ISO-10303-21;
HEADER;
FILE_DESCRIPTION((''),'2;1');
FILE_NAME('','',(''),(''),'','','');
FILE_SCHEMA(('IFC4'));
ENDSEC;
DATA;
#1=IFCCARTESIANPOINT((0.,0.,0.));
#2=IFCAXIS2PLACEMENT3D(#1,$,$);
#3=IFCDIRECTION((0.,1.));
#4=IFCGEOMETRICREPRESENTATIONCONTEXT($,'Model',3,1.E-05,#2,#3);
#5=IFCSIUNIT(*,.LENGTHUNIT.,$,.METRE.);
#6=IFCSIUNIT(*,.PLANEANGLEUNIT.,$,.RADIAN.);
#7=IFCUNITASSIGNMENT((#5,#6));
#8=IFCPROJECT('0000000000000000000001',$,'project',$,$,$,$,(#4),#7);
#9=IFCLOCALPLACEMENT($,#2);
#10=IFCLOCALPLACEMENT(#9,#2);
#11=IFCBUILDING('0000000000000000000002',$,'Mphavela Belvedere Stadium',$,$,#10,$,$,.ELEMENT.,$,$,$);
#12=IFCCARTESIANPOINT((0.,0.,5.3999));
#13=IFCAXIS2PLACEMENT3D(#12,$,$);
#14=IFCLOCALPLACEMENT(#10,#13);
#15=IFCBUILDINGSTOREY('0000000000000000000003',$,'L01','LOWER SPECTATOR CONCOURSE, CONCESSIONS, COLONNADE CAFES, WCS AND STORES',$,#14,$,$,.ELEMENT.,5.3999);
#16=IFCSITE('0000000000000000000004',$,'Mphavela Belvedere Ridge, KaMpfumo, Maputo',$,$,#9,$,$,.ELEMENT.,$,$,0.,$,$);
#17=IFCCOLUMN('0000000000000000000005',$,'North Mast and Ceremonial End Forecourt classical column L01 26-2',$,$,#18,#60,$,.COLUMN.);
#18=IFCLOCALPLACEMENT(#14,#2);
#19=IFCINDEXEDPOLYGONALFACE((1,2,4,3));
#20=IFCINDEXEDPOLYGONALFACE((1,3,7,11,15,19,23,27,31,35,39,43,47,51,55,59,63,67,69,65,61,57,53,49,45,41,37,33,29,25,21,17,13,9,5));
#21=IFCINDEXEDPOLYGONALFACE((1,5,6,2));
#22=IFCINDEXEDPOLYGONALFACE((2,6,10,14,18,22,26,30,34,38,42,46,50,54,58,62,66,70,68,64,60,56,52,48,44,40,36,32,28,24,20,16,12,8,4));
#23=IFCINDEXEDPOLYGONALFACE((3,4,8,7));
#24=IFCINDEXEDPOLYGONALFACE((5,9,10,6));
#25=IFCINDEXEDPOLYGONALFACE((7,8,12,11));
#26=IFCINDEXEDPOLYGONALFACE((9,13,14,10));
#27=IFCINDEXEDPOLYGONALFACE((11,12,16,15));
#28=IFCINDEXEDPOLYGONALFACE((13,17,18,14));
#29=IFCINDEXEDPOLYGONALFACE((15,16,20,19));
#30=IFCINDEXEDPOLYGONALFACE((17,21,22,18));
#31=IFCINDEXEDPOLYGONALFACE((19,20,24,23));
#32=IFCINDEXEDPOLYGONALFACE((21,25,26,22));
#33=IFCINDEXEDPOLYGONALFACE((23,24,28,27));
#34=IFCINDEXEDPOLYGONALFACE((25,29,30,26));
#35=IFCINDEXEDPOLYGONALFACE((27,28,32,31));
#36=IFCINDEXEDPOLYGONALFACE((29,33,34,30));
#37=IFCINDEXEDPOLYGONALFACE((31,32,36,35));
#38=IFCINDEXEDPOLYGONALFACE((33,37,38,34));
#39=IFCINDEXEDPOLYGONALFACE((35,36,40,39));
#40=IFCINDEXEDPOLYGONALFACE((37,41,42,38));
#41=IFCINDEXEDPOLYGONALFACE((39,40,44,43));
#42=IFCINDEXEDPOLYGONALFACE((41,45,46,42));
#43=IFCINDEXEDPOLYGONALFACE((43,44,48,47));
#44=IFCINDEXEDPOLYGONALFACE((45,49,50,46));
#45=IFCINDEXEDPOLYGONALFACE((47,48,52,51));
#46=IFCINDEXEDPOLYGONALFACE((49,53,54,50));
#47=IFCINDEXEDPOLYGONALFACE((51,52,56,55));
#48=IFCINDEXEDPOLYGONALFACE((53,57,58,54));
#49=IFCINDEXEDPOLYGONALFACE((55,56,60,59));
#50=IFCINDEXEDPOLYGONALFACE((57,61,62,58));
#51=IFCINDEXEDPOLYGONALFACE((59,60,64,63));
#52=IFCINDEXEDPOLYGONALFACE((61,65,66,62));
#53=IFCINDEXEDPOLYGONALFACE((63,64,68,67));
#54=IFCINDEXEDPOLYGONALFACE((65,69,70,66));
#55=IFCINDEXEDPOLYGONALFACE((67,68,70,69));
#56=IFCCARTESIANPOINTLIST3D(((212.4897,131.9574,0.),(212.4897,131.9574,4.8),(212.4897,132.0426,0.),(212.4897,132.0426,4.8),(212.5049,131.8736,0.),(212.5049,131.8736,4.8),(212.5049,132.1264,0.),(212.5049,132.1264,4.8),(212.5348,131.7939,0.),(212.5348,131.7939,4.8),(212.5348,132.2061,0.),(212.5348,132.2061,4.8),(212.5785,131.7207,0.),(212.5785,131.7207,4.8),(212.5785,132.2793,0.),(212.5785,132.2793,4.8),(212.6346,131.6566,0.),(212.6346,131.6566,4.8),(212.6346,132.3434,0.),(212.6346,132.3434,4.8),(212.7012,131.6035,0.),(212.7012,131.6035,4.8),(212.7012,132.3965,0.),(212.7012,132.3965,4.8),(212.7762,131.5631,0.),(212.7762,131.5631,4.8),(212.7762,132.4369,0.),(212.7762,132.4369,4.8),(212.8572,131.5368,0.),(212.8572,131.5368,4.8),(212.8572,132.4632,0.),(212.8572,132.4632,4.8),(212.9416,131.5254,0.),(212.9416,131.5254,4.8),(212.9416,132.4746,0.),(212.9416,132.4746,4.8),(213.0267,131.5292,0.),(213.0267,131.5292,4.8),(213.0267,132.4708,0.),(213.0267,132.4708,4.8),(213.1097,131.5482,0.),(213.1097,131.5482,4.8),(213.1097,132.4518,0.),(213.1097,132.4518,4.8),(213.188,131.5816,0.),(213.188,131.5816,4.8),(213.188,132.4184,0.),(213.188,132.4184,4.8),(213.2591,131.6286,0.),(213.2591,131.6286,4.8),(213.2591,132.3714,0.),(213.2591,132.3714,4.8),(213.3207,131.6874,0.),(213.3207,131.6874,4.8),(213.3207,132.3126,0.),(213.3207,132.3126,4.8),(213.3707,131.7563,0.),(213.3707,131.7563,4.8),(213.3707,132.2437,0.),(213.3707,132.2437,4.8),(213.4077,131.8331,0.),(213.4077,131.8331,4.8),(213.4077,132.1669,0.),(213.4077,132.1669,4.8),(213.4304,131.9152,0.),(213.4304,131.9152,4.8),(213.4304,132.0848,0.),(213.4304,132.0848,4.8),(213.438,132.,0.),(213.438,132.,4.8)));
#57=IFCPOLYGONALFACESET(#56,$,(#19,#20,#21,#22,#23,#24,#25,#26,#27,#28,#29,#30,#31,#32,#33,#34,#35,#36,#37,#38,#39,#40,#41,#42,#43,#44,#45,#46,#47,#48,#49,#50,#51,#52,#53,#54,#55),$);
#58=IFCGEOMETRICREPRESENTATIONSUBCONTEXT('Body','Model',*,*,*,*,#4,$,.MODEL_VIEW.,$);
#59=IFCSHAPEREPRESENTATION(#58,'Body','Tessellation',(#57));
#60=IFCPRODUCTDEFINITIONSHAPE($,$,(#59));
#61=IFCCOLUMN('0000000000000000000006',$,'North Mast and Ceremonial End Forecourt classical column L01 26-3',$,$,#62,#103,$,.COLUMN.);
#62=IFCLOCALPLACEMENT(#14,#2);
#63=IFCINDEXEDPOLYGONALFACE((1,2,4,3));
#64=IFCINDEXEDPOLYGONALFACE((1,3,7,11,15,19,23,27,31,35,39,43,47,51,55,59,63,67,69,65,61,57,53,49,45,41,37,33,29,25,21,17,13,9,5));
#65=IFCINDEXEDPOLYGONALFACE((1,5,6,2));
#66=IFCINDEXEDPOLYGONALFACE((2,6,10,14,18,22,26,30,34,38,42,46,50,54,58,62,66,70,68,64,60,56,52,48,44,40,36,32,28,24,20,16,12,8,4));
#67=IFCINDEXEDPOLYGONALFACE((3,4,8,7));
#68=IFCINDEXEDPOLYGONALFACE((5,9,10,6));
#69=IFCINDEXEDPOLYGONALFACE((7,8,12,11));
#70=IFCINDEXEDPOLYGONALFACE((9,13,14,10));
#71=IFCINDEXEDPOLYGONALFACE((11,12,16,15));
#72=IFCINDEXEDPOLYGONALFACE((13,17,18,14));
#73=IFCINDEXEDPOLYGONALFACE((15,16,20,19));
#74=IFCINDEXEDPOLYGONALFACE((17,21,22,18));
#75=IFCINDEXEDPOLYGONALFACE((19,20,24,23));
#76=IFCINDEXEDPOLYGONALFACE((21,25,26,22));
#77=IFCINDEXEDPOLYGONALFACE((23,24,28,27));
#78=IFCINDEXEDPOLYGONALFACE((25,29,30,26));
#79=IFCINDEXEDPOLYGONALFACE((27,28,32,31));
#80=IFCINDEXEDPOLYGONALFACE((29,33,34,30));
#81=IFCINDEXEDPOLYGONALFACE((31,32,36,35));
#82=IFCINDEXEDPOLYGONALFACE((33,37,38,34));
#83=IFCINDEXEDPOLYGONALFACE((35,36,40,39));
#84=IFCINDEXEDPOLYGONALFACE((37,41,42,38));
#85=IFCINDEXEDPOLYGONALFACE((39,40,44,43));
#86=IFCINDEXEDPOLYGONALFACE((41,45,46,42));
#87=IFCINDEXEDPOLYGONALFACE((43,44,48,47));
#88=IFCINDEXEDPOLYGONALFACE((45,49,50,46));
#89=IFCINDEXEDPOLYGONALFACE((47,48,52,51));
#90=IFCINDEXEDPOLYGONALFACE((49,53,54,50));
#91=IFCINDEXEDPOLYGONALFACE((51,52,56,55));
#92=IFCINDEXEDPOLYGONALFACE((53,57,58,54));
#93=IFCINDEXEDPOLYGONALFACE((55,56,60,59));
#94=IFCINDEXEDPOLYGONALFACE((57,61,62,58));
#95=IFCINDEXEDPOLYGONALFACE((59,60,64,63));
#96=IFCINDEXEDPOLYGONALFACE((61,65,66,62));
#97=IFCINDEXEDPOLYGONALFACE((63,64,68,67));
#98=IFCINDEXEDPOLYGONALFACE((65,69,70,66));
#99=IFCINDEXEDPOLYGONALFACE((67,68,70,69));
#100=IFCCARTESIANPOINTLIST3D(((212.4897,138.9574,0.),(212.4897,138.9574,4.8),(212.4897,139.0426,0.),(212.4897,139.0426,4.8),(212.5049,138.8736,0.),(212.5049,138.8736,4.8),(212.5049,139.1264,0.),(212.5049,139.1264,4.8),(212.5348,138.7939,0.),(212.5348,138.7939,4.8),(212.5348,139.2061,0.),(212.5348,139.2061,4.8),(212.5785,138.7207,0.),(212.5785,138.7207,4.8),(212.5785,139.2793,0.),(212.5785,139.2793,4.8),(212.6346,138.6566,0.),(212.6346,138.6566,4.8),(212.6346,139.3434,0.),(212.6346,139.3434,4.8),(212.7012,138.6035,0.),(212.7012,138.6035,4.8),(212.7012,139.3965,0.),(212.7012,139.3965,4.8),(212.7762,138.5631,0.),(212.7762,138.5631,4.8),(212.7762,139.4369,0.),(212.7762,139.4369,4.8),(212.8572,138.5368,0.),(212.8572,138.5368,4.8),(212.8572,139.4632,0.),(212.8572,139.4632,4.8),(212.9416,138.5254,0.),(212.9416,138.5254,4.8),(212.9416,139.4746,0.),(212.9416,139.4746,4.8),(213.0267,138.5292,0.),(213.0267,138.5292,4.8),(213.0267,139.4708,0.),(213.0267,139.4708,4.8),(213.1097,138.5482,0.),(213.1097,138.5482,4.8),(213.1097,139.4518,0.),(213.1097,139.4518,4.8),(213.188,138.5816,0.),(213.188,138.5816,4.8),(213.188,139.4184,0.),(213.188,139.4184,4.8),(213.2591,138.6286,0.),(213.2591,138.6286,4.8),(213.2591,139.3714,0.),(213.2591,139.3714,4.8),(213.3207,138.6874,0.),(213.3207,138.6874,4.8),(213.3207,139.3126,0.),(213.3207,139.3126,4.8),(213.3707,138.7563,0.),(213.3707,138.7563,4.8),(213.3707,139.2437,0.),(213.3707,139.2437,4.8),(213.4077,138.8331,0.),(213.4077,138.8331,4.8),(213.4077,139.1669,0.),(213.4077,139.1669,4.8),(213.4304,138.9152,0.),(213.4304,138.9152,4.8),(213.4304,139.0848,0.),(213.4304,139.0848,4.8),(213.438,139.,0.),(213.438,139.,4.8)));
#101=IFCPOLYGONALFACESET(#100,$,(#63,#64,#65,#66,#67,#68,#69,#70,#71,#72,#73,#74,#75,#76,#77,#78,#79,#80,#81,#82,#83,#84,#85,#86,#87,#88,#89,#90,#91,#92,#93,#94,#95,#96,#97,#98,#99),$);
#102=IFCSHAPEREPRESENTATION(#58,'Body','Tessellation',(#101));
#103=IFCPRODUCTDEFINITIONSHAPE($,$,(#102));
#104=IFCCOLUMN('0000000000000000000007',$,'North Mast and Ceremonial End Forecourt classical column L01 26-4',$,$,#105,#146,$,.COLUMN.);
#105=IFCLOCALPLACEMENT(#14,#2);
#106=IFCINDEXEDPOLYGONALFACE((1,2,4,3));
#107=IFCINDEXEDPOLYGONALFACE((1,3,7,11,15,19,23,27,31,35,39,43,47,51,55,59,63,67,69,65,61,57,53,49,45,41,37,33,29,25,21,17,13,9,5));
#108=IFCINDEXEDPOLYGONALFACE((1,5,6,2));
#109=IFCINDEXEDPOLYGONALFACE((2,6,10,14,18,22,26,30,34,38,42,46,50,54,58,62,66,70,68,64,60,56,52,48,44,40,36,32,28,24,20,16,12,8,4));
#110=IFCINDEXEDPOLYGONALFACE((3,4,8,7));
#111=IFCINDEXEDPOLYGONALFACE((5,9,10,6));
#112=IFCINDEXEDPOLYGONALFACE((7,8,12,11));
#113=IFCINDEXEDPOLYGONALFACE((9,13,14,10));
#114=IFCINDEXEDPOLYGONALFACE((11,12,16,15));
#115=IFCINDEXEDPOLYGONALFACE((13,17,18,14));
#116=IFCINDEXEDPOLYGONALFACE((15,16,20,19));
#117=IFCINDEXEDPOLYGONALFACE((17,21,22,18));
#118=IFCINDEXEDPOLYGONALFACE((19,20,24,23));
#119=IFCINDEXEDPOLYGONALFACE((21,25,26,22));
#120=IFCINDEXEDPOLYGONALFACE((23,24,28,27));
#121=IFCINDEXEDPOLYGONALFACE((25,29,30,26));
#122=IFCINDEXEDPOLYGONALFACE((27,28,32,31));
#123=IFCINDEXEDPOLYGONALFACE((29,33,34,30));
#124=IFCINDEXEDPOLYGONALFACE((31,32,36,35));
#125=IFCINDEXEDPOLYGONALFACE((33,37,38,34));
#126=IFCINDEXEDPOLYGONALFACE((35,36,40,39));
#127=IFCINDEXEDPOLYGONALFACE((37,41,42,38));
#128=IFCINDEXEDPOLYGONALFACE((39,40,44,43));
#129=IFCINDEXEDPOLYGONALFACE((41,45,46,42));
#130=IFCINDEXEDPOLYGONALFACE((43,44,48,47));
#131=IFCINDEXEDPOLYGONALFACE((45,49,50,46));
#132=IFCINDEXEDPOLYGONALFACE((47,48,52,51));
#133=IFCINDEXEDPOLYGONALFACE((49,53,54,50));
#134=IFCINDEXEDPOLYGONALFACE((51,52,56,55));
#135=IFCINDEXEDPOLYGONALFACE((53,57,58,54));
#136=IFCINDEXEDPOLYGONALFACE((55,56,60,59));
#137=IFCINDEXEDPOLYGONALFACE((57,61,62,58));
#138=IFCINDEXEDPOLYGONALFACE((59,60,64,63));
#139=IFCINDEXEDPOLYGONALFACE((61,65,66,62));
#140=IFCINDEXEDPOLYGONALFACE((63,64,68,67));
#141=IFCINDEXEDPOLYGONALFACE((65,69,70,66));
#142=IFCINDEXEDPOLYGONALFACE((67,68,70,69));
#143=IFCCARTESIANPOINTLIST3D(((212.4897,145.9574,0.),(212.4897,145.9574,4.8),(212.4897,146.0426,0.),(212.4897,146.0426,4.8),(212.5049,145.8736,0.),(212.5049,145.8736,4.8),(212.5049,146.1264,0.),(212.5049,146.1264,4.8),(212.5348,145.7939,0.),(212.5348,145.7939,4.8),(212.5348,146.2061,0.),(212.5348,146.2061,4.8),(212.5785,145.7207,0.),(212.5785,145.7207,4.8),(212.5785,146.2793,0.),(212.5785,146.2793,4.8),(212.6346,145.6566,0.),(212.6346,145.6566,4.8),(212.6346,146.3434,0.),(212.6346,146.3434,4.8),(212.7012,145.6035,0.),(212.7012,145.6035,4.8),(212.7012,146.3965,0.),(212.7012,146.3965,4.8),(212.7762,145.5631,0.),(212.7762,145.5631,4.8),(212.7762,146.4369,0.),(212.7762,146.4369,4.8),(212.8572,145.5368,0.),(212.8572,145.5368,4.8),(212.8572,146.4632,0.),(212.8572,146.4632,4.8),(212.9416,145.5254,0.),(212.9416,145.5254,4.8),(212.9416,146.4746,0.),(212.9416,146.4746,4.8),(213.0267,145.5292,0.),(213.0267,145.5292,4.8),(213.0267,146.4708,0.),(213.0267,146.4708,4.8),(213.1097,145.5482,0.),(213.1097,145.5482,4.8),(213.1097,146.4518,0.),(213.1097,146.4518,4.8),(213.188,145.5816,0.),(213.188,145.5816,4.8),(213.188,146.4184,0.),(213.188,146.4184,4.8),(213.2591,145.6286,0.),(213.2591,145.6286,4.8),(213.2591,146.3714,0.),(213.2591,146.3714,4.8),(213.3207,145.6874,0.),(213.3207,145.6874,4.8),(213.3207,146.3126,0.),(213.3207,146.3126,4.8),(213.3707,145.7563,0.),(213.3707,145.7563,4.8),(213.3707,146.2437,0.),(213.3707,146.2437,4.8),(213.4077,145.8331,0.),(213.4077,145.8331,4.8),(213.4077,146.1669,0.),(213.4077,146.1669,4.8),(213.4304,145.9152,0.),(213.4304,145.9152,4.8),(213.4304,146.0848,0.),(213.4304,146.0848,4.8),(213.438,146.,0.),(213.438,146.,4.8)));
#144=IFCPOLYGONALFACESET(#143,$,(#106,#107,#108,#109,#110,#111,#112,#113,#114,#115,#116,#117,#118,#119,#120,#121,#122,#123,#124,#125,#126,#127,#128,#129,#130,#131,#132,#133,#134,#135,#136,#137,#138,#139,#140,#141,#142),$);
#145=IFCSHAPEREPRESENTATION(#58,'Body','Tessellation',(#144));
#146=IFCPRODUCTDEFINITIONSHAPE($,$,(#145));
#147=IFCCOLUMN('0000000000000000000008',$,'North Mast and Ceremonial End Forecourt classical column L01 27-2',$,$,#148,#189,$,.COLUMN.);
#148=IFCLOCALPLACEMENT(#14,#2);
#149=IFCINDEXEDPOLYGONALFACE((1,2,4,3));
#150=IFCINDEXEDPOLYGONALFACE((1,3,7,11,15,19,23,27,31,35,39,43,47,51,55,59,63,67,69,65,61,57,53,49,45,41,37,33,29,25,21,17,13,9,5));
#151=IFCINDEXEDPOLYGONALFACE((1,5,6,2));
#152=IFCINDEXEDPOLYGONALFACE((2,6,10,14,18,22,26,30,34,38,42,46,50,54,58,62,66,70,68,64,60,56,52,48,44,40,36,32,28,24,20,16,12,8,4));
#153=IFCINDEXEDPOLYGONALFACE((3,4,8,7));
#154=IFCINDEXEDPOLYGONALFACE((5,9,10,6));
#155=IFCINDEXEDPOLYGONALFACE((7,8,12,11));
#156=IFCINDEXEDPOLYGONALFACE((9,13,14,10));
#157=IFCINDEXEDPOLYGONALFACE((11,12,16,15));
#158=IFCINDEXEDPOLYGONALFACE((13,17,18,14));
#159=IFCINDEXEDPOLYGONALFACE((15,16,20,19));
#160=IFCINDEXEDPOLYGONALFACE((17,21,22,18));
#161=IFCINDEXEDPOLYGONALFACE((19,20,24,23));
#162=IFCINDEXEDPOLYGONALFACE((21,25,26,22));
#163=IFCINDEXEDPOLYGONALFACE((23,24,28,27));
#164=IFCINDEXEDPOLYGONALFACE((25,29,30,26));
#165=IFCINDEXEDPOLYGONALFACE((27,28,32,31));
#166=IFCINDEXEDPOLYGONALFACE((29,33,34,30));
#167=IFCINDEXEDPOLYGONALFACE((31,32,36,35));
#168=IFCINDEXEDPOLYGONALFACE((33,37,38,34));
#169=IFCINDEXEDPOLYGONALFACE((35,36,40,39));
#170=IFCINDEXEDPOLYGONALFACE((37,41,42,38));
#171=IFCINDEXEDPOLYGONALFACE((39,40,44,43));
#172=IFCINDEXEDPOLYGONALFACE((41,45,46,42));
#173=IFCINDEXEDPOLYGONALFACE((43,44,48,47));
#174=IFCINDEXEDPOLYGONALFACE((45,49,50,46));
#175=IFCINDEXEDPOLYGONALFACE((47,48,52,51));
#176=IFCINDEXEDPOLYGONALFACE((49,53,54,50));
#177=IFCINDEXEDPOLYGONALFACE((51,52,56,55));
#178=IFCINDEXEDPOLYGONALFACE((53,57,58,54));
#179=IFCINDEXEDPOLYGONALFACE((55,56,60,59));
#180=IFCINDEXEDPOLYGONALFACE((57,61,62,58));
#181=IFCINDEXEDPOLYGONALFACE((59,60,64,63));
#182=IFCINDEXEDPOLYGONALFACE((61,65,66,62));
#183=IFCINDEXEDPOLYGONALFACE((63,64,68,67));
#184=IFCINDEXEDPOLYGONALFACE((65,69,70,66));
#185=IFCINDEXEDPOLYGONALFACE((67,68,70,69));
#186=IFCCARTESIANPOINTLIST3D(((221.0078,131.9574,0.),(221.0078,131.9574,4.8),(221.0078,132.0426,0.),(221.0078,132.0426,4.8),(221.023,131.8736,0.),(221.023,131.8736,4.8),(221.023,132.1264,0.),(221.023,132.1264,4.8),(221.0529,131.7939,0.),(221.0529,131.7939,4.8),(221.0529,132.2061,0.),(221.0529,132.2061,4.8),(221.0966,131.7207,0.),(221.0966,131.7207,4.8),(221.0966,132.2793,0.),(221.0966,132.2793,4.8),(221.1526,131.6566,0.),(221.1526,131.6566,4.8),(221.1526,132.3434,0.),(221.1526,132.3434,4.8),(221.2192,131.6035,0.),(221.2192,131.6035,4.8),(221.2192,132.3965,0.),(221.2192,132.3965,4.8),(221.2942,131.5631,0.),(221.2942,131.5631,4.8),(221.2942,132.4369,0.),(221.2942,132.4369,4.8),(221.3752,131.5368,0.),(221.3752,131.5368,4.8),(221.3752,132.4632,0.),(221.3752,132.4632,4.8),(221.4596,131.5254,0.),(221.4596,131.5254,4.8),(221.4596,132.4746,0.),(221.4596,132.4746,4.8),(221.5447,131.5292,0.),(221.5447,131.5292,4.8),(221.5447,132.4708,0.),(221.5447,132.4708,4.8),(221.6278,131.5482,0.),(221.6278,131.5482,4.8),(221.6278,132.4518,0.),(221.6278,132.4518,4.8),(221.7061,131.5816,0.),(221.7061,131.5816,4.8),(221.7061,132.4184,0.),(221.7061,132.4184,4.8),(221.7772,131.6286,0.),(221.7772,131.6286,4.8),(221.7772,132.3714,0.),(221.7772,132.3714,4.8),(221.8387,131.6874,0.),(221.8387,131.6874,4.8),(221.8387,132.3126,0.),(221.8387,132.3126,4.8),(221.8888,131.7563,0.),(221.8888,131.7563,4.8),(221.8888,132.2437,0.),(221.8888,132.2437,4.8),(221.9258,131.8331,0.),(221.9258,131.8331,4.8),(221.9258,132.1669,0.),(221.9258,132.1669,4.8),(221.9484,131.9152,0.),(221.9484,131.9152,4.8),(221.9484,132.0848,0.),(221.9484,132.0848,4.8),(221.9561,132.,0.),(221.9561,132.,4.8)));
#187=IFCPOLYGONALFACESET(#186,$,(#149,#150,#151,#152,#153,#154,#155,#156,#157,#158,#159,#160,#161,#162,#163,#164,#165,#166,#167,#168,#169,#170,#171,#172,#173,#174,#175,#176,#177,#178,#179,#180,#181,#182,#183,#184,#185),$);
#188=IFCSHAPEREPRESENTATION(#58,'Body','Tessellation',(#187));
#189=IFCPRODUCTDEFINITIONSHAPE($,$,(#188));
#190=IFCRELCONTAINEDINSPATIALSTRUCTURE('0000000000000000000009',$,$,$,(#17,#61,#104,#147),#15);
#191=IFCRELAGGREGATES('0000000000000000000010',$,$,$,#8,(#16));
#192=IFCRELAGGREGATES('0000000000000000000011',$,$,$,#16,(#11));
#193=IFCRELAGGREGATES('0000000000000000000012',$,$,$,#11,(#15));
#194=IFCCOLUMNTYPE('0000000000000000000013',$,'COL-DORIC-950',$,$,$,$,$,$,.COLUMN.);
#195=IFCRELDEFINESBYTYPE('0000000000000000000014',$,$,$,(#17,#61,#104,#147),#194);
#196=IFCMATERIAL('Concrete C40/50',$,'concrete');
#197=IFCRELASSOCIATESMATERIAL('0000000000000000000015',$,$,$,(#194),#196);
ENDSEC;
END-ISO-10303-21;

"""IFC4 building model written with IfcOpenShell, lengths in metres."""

from ifc_helpers import new_model, si_unit, direction, frame, origin, origin_2d, place, context, subcontext, project, spatial, circle, extrude, material, material_profile, profile_set, type_object, element, save


model = new_model("IFC4")

# Units and contexts
model_context = context("Model", 3, precision=1e-05, world=origin(), true_north=direction((0.0, 1.0)))
body_context = subcontext(model_context, "Body", "Model", "MODEL_VIEW")
ifc_project = project(units=[si_unit("LENGTHUNIT", "METRE"), si_unit("PLANEANGLEUNIT", "RADIAN")], contexts=[model_context])

# Site, building, storey
site_placement = place(None, origin())
site = spatial("IfcSite", under=ifc_project, at=site_placement, Name="Mphavela Belvedere Ridge, KaMpfumo, Maputo", CompositionType="ELEMENT", RefElevation=0.0)
building_placement = place(site_placement, origin())
building = spatial("IfcBuilding", under=site, at=building_placement, Name="Mphavela Belvedere Stadium", CompositionType="ELEMENT")
storey_placement = place(building_placement, frame((0.0, 0.0, 5.3999)))
storey = spatial("IfcBuildingStorey", under=building, at=storey_placement, Name="L01", Description="LOWER SPECTATOR CONCOURSE, CONCESSIONS, COLONNADE CAFES, WCS AND STORES", CompositionType="ELEMENT", Elevation=5.3999)

# Columns
ifc_material_1 = material(Name="Concrete C40/50", Category="concrete")
ifc_material_profile_1 = material_profile(ifc_material_1, circle(Radius=0.4751, at=origin_2d()), Name="COL D950")
ifc_profile_set_1 = profile_set([ifc_material_profile_1], Name="Concrete C40/50")
column_type = type_object("IfcColumnType", Name="COL-DORIC-950", PredefinedType="COLUMN", material=ifc_profile_set_1)
for number, where, z_axis, x_axis, name in (
    (1, (212.9629, 132.0, 0.0), (0.0, 0.0, 1.0), (1.0, 0.0, 0.0), "North Mast and Ceremonial End Forecourt classical column L01 26-2"),
    (2, (212.9629, 139.0, 0.0), (0.0, 0.0, 1.0), (1.0, 0.0, 0.0), "North Mast and Ceremonial End Forecourt classical column L01 26-3"),
    (3, (212.9629, 146.0, 0.0), (0.0, 0.0, 1.0), (1.0, 0.0, 0.0), "North Mast and Ceremonial End Forecourt classical column L01 26-4"),
    (4, (221.481, 132.0, 0.0), (0.0, 0.0, 1.0), (1.0, 0.0, 0.0), "North Mast and Ceremonial End Forecourt classical column L01 27-2"),
):
    element("IfcColumn", number, at=place(storey_placement, frame(where, z_axis=z_axis, x_axis=x_axis)), inside=storey, type_object=column_type, Name=name, PredefinedType="COLUMN", context=body_context, shape_type="SweptSolid", body=[
        extrude(circle(Radius=0.4751, at=origin_2d()), origin(), (0.0, 0.0, 1.0), 4.8),
    ])

save(model, "model.ifc")
